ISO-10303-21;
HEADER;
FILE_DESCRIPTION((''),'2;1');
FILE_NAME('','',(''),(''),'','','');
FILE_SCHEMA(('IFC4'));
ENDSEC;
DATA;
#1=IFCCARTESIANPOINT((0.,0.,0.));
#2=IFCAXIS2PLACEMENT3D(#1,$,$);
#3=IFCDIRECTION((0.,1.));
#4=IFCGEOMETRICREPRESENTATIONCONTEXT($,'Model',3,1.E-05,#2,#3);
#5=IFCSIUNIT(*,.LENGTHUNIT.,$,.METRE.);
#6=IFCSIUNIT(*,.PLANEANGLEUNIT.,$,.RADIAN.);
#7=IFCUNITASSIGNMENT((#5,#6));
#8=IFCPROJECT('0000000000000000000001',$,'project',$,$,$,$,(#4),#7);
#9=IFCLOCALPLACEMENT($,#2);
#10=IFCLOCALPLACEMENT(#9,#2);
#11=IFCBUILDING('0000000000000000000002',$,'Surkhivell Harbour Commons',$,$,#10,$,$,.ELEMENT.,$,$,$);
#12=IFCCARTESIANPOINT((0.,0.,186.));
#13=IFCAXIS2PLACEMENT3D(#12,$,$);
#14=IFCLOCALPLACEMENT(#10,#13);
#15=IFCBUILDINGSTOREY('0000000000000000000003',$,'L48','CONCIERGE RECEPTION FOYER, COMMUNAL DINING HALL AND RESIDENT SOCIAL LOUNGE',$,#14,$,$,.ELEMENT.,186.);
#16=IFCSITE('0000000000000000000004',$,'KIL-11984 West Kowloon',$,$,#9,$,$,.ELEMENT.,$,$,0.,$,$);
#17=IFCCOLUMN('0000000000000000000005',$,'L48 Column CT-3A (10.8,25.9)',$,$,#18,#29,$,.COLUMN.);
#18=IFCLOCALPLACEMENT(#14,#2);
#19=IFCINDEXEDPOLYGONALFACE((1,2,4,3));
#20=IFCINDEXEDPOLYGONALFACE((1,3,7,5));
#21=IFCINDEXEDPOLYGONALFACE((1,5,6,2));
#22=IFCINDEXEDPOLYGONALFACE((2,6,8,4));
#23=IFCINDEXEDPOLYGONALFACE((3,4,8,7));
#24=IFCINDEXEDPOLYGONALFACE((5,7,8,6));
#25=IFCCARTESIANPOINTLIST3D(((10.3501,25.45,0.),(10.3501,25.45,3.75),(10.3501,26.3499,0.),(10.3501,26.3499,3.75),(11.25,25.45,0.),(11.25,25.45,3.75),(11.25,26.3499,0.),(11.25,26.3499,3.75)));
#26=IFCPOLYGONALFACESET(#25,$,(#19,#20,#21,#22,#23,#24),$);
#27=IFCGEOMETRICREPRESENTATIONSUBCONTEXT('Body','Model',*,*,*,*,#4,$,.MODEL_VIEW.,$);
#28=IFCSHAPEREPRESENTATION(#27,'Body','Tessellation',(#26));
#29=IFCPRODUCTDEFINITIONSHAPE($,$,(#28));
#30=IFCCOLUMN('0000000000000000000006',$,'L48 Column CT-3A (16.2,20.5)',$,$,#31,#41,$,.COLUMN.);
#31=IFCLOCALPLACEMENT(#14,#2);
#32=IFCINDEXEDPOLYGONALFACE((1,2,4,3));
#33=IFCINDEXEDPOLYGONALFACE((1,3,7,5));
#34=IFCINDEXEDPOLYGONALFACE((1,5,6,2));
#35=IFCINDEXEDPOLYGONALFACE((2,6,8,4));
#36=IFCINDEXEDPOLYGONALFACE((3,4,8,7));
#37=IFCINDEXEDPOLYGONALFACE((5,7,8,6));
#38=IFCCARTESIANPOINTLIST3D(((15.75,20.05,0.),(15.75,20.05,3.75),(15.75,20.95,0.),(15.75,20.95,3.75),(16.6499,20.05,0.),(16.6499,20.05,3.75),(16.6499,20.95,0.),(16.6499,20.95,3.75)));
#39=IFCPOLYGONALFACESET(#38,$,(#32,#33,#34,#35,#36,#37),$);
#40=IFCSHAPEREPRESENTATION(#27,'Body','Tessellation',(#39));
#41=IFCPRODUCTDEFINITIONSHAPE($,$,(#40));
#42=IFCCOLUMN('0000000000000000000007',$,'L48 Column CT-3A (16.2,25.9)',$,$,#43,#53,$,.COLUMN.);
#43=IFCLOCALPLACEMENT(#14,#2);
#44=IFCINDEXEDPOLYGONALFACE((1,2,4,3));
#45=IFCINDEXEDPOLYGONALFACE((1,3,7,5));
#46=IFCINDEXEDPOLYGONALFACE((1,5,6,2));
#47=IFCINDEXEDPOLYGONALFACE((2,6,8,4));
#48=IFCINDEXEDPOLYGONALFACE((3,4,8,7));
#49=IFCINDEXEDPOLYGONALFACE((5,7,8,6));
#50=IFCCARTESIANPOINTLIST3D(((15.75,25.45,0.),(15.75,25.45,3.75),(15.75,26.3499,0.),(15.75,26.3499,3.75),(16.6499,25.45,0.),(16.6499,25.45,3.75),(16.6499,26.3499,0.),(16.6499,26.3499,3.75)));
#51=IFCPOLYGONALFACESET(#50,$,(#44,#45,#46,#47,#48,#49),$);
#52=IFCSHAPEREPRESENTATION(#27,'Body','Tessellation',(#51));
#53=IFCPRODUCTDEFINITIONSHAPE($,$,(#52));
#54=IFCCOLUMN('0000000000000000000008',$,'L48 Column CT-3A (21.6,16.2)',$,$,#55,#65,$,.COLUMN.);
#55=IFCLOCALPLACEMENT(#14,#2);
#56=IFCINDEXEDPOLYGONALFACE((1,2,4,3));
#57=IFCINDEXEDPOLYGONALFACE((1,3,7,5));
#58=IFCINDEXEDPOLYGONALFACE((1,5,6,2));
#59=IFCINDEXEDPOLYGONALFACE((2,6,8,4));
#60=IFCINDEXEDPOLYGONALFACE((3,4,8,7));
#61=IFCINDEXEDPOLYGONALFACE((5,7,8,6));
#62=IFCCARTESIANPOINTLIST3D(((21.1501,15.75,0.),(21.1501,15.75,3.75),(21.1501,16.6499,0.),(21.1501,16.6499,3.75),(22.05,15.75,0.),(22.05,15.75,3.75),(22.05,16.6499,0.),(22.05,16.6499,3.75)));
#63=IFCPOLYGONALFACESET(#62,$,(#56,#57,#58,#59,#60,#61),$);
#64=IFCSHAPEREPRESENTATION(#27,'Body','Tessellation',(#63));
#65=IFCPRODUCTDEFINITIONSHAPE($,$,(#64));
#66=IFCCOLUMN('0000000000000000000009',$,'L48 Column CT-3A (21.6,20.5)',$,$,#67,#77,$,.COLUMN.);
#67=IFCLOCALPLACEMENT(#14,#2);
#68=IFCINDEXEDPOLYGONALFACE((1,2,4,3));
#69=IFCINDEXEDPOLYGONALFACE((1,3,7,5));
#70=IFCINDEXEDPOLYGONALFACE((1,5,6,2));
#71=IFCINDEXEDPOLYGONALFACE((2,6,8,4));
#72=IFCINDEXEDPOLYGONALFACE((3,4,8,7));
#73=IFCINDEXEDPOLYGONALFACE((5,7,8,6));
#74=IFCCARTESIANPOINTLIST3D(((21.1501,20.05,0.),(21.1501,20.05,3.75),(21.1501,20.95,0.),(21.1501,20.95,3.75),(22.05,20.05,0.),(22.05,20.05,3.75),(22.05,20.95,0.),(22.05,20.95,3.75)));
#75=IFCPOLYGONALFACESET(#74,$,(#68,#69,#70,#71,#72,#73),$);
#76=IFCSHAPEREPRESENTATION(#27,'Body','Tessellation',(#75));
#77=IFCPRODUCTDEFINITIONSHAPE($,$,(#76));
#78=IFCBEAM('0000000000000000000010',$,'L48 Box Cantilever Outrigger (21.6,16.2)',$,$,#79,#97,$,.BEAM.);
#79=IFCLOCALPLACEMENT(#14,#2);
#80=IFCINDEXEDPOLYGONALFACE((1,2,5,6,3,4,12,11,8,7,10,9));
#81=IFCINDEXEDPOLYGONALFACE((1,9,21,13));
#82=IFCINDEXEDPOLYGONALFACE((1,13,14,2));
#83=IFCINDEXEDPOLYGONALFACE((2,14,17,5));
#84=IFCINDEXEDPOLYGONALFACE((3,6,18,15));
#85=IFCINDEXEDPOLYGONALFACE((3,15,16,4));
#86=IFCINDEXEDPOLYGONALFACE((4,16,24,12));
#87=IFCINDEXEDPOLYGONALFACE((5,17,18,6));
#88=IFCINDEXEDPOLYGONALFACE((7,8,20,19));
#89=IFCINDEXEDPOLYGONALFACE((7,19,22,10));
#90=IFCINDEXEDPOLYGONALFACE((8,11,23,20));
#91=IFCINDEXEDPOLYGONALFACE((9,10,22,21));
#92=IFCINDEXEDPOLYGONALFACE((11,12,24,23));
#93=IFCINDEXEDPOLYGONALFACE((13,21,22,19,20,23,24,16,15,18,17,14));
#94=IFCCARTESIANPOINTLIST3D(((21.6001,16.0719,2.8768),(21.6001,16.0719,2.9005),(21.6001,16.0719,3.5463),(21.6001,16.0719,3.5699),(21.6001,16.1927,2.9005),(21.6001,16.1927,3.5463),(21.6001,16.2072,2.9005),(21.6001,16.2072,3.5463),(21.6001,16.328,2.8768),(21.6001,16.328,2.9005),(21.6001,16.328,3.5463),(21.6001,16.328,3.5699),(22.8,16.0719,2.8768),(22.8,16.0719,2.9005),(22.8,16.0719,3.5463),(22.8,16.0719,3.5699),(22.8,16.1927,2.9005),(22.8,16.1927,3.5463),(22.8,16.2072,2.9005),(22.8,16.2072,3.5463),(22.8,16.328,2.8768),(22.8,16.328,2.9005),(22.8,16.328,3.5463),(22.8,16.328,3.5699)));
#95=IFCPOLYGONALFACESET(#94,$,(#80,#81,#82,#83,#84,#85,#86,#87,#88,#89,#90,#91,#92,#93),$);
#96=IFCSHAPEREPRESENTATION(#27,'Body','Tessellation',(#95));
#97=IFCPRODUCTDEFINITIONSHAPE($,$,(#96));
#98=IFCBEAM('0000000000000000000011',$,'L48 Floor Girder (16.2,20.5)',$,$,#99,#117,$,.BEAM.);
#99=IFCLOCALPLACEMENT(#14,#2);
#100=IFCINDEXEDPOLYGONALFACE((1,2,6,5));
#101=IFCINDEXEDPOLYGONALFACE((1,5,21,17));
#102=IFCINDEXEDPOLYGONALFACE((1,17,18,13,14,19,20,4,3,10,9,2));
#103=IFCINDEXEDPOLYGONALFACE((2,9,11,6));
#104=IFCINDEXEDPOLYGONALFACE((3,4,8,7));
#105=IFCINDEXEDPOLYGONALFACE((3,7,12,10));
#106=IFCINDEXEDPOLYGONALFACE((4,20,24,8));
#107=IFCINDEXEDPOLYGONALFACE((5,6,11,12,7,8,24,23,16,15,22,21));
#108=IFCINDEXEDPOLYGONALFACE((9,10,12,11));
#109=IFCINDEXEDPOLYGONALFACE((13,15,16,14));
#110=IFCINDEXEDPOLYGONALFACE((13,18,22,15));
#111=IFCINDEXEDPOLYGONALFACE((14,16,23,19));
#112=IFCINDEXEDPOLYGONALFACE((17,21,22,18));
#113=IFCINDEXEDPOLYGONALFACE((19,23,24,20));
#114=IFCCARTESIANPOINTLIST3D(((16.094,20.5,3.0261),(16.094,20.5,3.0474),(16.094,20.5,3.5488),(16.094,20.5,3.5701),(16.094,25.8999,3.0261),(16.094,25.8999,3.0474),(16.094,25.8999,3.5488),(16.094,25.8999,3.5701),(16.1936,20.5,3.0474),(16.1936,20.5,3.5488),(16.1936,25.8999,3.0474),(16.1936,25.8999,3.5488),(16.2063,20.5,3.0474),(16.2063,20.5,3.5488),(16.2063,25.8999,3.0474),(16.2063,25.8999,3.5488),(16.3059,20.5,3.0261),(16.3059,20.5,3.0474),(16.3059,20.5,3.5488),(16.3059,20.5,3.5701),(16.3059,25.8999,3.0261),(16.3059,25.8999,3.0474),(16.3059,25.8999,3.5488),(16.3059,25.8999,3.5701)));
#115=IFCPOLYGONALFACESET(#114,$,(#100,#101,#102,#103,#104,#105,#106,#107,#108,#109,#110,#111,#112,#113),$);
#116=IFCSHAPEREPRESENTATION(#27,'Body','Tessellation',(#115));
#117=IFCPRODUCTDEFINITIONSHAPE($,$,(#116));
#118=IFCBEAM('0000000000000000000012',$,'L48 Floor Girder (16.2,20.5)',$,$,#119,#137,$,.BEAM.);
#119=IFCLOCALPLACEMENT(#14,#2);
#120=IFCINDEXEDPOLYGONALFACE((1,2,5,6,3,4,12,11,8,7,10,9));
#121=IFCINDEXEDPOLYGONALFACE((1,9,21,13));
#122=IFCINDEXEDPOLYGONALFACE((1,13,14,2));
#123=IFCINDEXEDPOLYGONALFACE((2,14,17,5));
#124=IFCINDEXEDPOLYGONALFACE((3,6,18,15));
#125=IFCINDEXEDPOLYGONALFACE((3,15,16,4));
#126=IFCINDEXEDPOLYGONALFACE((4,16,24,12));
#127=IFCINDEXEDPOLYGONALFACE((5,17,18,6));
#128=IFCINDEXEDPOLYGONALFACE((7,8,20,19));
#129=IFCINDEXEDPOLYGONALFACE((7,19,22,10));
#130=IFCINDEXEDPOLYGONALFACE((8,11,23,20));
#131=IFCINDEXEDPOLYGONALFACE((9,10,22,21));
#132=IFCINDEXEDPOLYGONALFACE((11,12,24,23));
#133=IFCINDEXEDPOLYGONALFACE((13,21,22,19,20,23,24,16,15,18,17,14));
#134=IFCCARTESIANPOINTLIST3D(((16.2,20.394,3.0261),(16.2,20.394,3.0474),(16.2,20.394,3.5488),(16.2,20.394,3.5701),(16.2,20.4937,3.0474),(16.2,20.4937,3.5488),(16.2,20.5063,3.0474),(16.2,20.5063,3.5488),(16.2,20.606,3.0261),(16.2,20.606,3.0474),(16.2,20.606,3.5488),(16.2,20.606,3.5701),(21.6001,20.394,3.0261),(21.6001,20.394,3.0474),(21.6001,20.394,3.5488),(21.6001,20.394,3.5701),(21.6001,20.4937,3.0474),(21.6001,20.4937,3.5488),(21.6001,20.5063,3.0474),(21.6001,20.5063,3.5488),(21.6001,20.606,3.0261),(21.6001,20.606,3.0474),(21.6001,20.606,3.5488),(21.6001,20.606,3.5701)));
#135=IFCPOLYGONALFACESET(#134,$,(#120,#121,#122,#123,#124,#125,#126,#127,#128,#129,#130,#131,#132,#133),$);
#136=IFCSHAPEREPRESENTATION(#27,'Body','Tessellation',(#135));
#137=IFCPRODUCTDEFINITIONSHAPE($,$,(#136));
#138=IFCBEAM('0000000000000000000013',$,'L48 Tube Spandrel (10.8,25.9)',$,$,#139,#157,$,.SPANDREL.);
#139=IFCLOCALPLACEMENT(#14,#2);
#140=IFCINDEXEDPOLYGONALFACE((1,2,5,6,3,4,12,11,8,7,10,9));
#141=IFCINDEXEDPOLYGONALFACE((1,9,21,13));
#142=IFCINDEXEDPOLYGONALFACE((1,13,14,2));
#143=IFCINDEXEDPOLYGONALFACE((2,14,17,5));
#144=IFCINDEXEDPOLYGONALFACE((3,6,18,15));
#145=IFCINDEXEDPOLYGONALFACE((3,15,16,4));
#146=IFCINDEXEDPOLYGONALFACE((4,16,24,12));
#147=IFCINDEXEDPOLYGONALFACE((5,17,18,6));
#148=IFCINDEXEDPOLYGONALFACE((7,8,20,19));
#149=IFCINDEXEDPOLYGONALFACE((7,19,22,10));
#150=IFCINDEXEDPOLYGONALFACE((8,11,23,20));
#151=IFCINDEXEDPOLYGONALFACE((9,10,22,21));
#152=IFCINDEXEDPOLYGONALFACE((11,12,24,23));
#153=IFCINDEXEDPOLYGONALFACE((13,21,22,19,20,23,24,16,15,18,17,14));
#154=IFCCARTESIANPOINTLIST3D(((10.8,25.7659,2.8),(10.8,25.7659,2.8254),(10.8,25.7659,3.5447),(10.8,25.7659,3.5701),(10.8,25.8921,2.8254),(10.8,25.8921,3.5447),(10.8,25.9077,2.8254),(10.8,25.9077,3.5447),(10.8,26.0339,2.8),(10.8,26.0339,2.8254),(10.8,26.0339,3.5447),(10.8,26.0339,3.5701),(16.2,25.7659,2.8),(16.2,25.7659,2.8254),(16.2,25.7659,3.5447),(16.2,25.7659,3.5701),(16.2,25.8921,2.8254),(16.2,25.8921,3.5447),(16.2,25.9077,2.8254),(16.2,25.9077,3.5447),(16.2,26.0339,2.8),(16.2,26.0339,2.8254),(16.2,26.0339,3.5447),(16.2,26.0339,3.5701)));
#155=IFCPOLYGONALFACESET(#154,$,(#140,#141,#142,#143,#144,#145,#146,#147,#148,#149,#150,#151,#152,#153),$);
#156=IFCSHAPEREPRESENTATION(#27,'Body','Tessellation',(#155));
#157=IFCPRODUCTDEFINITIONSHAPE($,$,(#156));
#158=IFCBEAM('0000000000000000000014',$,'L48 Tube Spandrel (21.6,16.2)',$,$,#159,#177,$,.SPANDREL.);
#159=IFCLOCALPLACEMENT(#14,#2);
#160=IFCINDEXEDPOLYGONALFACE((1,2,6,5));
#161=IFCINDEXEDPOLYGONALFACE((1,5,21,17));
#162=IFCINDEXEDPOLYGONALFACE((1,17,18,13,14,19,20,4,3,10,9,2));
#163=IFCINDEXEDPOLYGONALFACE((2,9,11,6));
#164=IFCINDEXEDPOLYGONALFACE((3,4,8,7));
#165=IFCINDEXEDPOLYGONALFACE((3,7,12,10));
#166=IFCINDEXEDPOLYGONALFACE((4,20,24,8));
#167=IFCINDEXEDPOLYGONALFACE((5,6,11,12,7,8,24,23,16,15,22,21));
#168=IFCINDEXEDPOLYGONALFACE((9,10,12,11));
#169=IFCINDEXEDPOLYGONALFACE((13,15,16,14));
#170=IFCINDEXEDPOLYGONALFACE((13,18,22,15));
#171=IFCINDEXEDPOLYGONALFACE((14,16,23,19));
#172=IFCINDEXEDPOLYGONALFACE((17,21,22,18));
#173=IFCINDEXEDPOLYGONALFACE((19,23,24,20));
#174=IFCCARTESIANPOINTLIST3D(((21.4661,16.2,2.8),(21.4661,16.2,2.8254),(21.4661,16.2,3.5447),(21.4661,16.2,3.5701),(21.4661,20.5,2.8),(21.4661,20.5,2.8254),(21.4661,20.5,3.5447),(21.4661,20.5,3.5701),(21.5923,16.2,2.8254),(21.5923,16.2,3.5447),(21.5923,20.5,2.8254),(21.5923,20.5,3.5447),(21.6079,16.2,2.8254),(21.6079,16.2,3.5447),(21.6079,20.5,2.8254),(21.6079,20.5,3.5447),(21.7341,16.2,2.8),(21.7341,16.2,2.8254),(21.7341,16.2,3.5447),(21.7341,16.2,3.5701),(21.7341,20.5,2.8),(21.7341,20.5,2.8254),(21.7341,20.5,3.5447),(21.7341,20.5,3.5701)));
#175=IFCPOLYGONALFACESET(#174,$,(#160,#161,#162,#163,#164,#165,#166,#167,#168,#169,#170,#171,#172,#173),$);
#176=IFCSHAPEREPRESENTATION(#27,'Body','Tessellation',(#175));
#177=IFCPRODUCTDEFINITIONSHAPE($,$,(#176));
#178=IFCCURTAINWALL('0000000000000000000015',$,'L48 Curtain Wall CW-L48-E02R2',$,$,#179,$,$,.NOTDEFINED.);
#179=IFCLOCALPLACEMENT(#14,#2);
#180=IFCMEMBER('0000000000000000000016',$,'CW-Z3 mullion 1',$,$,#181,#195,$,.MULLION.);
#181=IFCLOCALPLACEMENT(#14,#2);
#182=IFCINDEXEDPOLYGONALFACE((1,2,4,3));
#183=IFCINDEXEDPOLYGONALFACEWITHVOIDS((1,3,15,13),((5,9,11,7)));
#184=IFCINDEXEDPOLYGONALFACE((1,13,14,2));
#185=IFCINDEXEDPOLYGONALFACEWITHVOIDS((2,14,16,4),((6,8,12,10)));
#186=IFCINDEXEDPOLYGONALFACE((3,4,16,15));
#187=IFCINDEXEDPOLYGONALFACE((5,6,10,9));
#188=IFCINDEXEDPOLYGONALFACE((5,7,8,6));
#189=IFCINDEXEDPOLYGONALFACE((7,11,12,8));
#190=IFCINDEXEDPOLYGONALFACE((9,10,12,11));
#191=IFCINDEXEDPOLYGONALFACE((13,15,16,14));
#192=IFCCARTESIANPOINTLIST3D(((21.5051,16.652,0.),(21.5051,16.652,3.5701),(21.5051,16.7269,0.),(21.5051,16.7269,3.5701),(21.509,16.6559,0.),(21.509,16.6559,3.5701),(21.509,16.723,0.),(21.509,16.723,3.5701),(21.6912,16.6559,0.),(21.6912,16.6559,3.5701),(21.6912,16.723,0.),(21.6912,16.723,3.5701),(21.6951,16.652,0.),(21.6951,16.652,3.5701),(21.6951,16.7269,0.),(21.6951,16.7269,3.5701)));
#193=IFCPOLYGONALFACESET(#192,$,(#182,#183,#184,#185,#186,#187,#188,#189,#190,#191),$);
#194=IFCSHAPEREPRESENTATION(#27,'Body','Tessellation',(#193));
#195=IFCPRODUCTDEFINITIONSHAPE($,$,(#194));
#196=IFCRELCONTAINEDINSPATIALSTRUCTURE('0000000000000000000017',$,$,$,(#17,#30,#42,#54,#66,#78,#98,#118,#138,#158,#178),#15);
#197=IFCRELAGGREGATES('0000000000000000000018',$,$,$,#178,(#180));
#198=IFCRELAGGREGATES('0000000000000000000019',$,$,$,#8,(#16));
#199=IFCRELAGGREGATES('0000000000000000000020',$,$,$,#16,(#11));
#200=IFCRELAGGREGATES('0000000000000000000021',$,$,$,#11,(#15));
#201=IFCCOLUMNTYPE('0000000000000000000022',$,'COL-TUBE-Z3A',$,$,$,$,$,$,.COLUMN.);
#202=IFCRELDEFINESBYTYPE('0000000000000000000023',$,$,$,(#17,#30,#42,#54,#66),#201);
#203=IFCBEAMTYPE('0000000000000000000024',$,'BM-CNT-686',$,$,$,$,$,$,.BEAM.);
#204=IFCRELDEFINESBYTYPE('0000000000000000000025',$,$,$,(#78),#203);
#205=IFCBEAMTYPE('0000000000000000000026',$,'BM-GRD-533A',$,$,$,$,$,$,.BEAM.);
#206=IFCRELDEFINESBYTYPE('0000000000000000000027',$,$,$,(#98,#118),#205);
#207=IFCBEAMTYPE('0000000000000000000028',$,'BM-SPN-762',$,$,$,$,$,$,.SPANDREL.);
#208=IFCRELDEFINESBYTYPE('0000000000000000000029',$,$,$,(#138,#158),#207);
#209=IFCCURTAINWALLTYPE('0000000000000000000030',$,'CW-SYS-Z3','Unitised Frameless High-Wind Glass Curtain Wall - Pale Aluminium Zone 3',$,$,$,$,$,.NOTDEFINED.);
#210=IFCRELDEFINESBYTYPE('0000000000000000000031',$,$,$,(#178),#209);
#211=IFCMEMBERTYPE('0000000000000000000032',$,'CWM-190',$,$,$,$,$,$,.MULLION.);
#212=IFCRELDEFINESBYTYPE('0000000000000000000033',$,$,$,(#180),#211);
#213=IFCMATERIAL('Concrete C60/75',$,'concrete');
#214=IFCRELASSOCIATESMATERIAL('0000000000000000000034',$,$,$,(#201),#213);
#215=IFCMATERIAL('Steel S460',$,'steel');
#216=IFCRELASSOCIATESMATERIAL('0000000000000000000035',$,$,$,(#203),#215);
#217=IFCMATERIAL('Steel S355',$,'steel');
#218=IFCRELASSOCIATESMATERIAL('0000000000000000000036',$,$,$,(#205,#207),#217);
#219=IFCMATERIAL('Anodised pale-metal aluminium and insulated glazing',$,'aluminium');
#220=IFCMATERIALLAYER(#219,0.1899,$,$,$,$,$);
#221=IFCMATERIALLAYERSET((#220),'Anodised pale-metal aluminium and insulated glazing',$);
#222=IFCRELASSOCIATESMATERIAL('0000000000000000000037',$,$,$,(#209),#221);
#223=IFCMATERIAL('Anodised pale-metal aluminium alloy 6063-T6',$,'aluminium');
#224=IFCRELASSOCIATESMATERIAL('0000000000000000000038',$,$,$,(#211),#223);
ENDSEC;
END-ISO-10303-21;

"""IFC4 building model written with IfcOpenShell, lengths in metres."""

from ifc_helpers import new_model, si_unit, direction, frame, origin, origin_2d, place, context, subcontext, project, spatial, rectangle, hollow_rectangle, i_section, extrude, material, layer, layer_set, material_profile, profile_set, type_object, element, aggregate, save


model = new_model("IFC4")

# Units and contexts
model_context = context("Model", 3, precision=1e-05, world=origin(), true_north=direction((0.0, 1.0)))
body_context = subcontext(model_context, "Body", "Model", "MODEL_VIEW")
ifc_project = project(units=[si_unit("LENGTHUNIT", "METRE"), si_unit("PLANEANGLEUNIT", "RADIAN")], contexts=[model_context])

# Site, building, storey
site_placement = place(None, origin())
site = spatial("IfcSite", under=ifc_project, at=site_placement, Name="KIL-11984 West Kowloon", CompositionType="ELEMENT", RefElevation=0.0)
building_placement = place(site_placement, origin())
building = spatial("IfcBuilding", under=site, at=building_placement, Name="Surkhivell Harbour Commons", CompositionType="ELEMENT")
storey_placement = place(building_placement, frame((0.0, 0.0, 186.0)))
storey = spatial("IfcBuildingStorey", under=building, at=storey_placement, Name="L48", Description="CONCIERGE RECEPTION FOYER, COMMUNAL DINING HALL AND RESIDENT SOCIAL LOUNGE", CompositionType="ELEMENT", Elevation=186.0)

# Columns
ifc_material_1 = material(Name="Concrete C60/75", Category="concrete")
ifc_material_profile_1 = material_profile(ifc_material_1, rectangle(XDim=0.8999, YDim=0.8999, at=origin_2d()), Name="RC-COL-900x900")
ifc_profile_set_1 = profile_set([ifc_material_profile_1], Name="Concrete C60/75")
column_type = type_object("IfcColumnType", Name="COL-TUBE-Z3A", PredefinedType="COLUMN", material=ifc_profile_set_1)
for number, where, z_axis, x_axis, name in (
    (1, (10.8, 25.8999, 0.0), (0.0, 0.0, 1.0), (1.0, 0.0, 0.0), "L48 Column CT-3A (10.8,25.9)"),
    (2, (16.2, 20.5, 0.0), (0.0, 0.0, 1.0), (1.0, 0.0, 0.0), "L48 Column CT-3A (16.2,20.5)"),
    (3, (16.2, 25.8999, 0.0), (0.0, 0.0, 1.0), (1.0, 0.0, 0.0), "L48 Column CT-3A (16.2,25.9)"),
    (4, (21.6001, 16.2, 0.0), (0.0, 0.0, 1.0), (1.0, 0.0, 0.0), "L48 Column CT-3A (21.6,16.2)"),
    (5, (21.6001, 20.5, 0.0), (0.0, 0.0, 1.0), (1.0, 0.0, 0.0), "L48 Column CT-3A (21.6,20.5)"),
):
    element("IfcColumn", number, at=place(storey_placement, frame(where, z_axis=z_axis, x_axis=x_axis)), inside=storey, type_object=column_type, Name=name, PredefinedType="COLUMN", context=body_context, shape_type="SweptSolid", body=[
        extrude(rectangle(XDim=0.8999, YDim=0.8999, at=origin_2d()), origin(), (0.0, 0.0, 1.0), 3.75),
    ])

# Beams
ifc_material_2 = material(Name="Steel S460", Category="steel")
ifc_material_profile_2 = material_profile(ifc_material_2, i_section(OverallWidth=0.2561, OverallDepth=0.6931, WebThickness=0.0144, FlangeThickness=0.0237, at=origin_2d()), Name="UB686x254x170")
ifc_profile_set_2 = profile_set([ifc_material_profile_2], Name="Steel S460")
beam_type_1 = type_object("IfcBeamType", Name="BM-CNT-686", PredefinedType="BEAM", material=ifc_profile_set_2)
beam_1_placement = place(storey_placement, frame((21.6001, 16.2, 3.2234), z_axis=(1.0, 0.0, 0.0), x_axis=(0.0, 1.0, 0.0)))
element("IfcBeam", 6, at=beam_1_placement, inside=storey, type_object=beam_type_1, Name="L48 Box Cantilever Outrigger (21.6,16.2)", PredefinedType="BEAM", context=body_context, shape_type="SweptSolid", body=[
    extrude(i_section(OverallWidth=0.2561, OverallDepth=0.6931, WebThickness=0.0144, FlangeThickness=0.0237, at=origin_2d()), origin(), (0.0, 0.0, 1.0), 1.2),
])
ifc_material_3 = material(Name="Steel S355", Category="steel")
ifc_material_profile_3 = material_profile(ifc_material_3, i_section(OverallWidth=0.2119, OverallDepth=0.5439, WebThickness=0.0127, FlangeThickness=0.0212, at=origin_2d()), Name="UB533x210x122")
ifc_profile_set_3 = profile_set([ifc_material_profile_3], Name="Steel S355")
beam_type_2 = type_object("IfcBeamType", Name="BM-GRD-533A", PredefinedType="BEAM", material=ifc_profile_set_3)
beam_2_placement = place(storey_placement, frame((16.2, 20.5, 3.2981), z_axis=(0.0, 1.0, 0.0), x_axis=(-1.0, 0.0, 0.0)))
element("IfcBeam", 7, at=beam_2_placement, inside=storey, type_object=beam_type_2, Name="L48 Floor Girder (16.2,20.5)", PredefinedType="BEAM", context=body_context, shape_type="SweptSolid", body=[
    extrude(i_section(OverallWidth=0.2119, OverallDepth=0.5439, WebThickness=0.0127, FlangeThickness=0.0212, at=origin_2d()), origin(), (0.0, 0.0, 1.0), 5.3999),
])
beam_3_placement = place(storey_placement, frame((16.2, 20.5, 3.2981), z_axis=(1.0, 0.0, 0.0), x_axis=(0.0, 1.0, 0.0)))
element("IfcBeam", 8, at=beam_3_placement, inside=storey, type_object=beam_type_2, Name="L48 Floor Girder (16.2,20.5)", PredefinedType="BEAM", context=body_context, shape_type="SweptSolid", body=[
    extrude(i_section(OverallWidth=0.2119, OverallDepth=0.5439, WebThickness=0.0127, FlangeThickness=0.0212, at=origin_2d()), origin(), (0.0, 0.0, 1.0), 5.4001),
])
ifc_material_profile_4 = material_profile(ifc_material_3, i_section(OverallWidth=0.2681, OverallDepth=0.77, WebThickness=0.0156, FlangeThickness=0.0254, at=origin_2d()), Name="UB762x267x197")
ifc_profile_set_4 = profile_set([ifc_material_profile_4], Name="Steel S355")
beam_type_3 = type_object("IfcBeamType", Name="BM-SPN-762", PredefinedType="SPANDREL", material=ifc_profile_set_4)
beam_4_placement = place(storey_placement, frame((10.8, 25.8999, 3.1851), z_axis=(1.0, 0.0, 0.0), x_axis=(0.0, 1.0, 0.0)))
element("IfcBeam", 9, at=beam_4_placement, inside=storey, type_object=beam_type_3, Name="L48 Tube Spandrel (10.8,25.9)", PredefinedType="SPANDREL", context=body_context, shape_type="SweptSolid", body=[
    extrude(i_section(OverallWidth=0.2681, OverallDepth=0.77, WebThickness=0.0156, FlangeThickness=0.0254, at=origin_2d()), origin(), (0.0, 0.0, 1.0), 5.3999),
])
beam_5_placement = place(storey_placement, frame((21.6001, 16.2, 3.1851), z_axis=(0.0, 1.0, 0.0), x_axis=(-1.0, 0.0, 0.0)))
element("IfcBeam", 10, at=beam_5_placement, inside=storey, type_object=beam_type_3, Name="L48 Tube Spandrel (21.6,16.2)", PredefinedType="SPANDREL", context=body_context, shape_type="SweptSolid", body=[
    extrude(i_section(OverallWidth=0.2681, OverallDepth=0.77, WebThickness=0.0156, FlangeThickness=0.0254, at=origin_2d()), origin(), (0.0, 0.0, 1.0), 4.3),
])

# Curtain wall, member
ifc_material_4 = material(Name="Anodised pale-metal aluminium and insulated glazing", Category="aluminium")
ifc_layer_1 = layer(ifc_material_4, 0.1899)
ifc_layer_set_1 = layer_set([ifc_layer_1], Name="Anodised pale-metal aluminium and insulated glazing")
curtain_wall_type = type_object("IfcCurtainWallType", Name="CW-SYS-Z3", Description="Unitised Frameless High-Wind Glass Curtain Wall - Pale Aluminium Zone 3", PredefinedType="NOTDEFINED", material=ifc_layer_set_1)
curtain_wall_1_placement = place(storey_placement, origin())
curtain_wall_1 = element("IfcCurtainWall", 11, at=curtain_wall_1_placement, inside=storey, type_object=curtain_wall_type, Name="L48 Curtain Wall CW-L48-E02R2", PredefinedType="NOTDEFINED")
ifc_material_5 = material(Name="Anodised pale-metal aluminium alloy 6063-T6", Category="aluminium")
ifc_material_profile_5 = material_profile(ifc_material_5, hollow_rectangle(XDim=0.075, YDim=0.1899, WallThickness=0.0039, at=origin_2d()), Name="ALU-MULL-75x190")
ifc_profile_set_5 = profile_set([ifc_material_profile_5], Name="Anodised pale-metal aluminium alloy 6063-T6")
member_type_1 = type_object("IfcMemberType", Name="CWM-190", PredefinedType="MULLION", material=ifc_profile_set_5)
member_1_placement = place(storey_placement, frame((21.6001, 16.6895, 0.0), z_axis=(0.0, 0.0, 1.0), x_axis=(0.0, 1.0, 0.0)))
member_1 = element("IfcMember", 12, at=member_1_placement, type_object=member_type_1, Name="CW-Z3 mullion 1", PredefinedType="MULLION", context=body_context, shape_type="SweptSolid", body=[
    extrude(hollow_rectangle(XDim=0.075, YDim=0.1899, WallThickness=0.0039, at=origin_2d()), origin(), (0.0, 0.0, 1.0), 3.5701),
])

aggregate(curtain_wall_1, [member_1])

save(model, "model.ifc")
